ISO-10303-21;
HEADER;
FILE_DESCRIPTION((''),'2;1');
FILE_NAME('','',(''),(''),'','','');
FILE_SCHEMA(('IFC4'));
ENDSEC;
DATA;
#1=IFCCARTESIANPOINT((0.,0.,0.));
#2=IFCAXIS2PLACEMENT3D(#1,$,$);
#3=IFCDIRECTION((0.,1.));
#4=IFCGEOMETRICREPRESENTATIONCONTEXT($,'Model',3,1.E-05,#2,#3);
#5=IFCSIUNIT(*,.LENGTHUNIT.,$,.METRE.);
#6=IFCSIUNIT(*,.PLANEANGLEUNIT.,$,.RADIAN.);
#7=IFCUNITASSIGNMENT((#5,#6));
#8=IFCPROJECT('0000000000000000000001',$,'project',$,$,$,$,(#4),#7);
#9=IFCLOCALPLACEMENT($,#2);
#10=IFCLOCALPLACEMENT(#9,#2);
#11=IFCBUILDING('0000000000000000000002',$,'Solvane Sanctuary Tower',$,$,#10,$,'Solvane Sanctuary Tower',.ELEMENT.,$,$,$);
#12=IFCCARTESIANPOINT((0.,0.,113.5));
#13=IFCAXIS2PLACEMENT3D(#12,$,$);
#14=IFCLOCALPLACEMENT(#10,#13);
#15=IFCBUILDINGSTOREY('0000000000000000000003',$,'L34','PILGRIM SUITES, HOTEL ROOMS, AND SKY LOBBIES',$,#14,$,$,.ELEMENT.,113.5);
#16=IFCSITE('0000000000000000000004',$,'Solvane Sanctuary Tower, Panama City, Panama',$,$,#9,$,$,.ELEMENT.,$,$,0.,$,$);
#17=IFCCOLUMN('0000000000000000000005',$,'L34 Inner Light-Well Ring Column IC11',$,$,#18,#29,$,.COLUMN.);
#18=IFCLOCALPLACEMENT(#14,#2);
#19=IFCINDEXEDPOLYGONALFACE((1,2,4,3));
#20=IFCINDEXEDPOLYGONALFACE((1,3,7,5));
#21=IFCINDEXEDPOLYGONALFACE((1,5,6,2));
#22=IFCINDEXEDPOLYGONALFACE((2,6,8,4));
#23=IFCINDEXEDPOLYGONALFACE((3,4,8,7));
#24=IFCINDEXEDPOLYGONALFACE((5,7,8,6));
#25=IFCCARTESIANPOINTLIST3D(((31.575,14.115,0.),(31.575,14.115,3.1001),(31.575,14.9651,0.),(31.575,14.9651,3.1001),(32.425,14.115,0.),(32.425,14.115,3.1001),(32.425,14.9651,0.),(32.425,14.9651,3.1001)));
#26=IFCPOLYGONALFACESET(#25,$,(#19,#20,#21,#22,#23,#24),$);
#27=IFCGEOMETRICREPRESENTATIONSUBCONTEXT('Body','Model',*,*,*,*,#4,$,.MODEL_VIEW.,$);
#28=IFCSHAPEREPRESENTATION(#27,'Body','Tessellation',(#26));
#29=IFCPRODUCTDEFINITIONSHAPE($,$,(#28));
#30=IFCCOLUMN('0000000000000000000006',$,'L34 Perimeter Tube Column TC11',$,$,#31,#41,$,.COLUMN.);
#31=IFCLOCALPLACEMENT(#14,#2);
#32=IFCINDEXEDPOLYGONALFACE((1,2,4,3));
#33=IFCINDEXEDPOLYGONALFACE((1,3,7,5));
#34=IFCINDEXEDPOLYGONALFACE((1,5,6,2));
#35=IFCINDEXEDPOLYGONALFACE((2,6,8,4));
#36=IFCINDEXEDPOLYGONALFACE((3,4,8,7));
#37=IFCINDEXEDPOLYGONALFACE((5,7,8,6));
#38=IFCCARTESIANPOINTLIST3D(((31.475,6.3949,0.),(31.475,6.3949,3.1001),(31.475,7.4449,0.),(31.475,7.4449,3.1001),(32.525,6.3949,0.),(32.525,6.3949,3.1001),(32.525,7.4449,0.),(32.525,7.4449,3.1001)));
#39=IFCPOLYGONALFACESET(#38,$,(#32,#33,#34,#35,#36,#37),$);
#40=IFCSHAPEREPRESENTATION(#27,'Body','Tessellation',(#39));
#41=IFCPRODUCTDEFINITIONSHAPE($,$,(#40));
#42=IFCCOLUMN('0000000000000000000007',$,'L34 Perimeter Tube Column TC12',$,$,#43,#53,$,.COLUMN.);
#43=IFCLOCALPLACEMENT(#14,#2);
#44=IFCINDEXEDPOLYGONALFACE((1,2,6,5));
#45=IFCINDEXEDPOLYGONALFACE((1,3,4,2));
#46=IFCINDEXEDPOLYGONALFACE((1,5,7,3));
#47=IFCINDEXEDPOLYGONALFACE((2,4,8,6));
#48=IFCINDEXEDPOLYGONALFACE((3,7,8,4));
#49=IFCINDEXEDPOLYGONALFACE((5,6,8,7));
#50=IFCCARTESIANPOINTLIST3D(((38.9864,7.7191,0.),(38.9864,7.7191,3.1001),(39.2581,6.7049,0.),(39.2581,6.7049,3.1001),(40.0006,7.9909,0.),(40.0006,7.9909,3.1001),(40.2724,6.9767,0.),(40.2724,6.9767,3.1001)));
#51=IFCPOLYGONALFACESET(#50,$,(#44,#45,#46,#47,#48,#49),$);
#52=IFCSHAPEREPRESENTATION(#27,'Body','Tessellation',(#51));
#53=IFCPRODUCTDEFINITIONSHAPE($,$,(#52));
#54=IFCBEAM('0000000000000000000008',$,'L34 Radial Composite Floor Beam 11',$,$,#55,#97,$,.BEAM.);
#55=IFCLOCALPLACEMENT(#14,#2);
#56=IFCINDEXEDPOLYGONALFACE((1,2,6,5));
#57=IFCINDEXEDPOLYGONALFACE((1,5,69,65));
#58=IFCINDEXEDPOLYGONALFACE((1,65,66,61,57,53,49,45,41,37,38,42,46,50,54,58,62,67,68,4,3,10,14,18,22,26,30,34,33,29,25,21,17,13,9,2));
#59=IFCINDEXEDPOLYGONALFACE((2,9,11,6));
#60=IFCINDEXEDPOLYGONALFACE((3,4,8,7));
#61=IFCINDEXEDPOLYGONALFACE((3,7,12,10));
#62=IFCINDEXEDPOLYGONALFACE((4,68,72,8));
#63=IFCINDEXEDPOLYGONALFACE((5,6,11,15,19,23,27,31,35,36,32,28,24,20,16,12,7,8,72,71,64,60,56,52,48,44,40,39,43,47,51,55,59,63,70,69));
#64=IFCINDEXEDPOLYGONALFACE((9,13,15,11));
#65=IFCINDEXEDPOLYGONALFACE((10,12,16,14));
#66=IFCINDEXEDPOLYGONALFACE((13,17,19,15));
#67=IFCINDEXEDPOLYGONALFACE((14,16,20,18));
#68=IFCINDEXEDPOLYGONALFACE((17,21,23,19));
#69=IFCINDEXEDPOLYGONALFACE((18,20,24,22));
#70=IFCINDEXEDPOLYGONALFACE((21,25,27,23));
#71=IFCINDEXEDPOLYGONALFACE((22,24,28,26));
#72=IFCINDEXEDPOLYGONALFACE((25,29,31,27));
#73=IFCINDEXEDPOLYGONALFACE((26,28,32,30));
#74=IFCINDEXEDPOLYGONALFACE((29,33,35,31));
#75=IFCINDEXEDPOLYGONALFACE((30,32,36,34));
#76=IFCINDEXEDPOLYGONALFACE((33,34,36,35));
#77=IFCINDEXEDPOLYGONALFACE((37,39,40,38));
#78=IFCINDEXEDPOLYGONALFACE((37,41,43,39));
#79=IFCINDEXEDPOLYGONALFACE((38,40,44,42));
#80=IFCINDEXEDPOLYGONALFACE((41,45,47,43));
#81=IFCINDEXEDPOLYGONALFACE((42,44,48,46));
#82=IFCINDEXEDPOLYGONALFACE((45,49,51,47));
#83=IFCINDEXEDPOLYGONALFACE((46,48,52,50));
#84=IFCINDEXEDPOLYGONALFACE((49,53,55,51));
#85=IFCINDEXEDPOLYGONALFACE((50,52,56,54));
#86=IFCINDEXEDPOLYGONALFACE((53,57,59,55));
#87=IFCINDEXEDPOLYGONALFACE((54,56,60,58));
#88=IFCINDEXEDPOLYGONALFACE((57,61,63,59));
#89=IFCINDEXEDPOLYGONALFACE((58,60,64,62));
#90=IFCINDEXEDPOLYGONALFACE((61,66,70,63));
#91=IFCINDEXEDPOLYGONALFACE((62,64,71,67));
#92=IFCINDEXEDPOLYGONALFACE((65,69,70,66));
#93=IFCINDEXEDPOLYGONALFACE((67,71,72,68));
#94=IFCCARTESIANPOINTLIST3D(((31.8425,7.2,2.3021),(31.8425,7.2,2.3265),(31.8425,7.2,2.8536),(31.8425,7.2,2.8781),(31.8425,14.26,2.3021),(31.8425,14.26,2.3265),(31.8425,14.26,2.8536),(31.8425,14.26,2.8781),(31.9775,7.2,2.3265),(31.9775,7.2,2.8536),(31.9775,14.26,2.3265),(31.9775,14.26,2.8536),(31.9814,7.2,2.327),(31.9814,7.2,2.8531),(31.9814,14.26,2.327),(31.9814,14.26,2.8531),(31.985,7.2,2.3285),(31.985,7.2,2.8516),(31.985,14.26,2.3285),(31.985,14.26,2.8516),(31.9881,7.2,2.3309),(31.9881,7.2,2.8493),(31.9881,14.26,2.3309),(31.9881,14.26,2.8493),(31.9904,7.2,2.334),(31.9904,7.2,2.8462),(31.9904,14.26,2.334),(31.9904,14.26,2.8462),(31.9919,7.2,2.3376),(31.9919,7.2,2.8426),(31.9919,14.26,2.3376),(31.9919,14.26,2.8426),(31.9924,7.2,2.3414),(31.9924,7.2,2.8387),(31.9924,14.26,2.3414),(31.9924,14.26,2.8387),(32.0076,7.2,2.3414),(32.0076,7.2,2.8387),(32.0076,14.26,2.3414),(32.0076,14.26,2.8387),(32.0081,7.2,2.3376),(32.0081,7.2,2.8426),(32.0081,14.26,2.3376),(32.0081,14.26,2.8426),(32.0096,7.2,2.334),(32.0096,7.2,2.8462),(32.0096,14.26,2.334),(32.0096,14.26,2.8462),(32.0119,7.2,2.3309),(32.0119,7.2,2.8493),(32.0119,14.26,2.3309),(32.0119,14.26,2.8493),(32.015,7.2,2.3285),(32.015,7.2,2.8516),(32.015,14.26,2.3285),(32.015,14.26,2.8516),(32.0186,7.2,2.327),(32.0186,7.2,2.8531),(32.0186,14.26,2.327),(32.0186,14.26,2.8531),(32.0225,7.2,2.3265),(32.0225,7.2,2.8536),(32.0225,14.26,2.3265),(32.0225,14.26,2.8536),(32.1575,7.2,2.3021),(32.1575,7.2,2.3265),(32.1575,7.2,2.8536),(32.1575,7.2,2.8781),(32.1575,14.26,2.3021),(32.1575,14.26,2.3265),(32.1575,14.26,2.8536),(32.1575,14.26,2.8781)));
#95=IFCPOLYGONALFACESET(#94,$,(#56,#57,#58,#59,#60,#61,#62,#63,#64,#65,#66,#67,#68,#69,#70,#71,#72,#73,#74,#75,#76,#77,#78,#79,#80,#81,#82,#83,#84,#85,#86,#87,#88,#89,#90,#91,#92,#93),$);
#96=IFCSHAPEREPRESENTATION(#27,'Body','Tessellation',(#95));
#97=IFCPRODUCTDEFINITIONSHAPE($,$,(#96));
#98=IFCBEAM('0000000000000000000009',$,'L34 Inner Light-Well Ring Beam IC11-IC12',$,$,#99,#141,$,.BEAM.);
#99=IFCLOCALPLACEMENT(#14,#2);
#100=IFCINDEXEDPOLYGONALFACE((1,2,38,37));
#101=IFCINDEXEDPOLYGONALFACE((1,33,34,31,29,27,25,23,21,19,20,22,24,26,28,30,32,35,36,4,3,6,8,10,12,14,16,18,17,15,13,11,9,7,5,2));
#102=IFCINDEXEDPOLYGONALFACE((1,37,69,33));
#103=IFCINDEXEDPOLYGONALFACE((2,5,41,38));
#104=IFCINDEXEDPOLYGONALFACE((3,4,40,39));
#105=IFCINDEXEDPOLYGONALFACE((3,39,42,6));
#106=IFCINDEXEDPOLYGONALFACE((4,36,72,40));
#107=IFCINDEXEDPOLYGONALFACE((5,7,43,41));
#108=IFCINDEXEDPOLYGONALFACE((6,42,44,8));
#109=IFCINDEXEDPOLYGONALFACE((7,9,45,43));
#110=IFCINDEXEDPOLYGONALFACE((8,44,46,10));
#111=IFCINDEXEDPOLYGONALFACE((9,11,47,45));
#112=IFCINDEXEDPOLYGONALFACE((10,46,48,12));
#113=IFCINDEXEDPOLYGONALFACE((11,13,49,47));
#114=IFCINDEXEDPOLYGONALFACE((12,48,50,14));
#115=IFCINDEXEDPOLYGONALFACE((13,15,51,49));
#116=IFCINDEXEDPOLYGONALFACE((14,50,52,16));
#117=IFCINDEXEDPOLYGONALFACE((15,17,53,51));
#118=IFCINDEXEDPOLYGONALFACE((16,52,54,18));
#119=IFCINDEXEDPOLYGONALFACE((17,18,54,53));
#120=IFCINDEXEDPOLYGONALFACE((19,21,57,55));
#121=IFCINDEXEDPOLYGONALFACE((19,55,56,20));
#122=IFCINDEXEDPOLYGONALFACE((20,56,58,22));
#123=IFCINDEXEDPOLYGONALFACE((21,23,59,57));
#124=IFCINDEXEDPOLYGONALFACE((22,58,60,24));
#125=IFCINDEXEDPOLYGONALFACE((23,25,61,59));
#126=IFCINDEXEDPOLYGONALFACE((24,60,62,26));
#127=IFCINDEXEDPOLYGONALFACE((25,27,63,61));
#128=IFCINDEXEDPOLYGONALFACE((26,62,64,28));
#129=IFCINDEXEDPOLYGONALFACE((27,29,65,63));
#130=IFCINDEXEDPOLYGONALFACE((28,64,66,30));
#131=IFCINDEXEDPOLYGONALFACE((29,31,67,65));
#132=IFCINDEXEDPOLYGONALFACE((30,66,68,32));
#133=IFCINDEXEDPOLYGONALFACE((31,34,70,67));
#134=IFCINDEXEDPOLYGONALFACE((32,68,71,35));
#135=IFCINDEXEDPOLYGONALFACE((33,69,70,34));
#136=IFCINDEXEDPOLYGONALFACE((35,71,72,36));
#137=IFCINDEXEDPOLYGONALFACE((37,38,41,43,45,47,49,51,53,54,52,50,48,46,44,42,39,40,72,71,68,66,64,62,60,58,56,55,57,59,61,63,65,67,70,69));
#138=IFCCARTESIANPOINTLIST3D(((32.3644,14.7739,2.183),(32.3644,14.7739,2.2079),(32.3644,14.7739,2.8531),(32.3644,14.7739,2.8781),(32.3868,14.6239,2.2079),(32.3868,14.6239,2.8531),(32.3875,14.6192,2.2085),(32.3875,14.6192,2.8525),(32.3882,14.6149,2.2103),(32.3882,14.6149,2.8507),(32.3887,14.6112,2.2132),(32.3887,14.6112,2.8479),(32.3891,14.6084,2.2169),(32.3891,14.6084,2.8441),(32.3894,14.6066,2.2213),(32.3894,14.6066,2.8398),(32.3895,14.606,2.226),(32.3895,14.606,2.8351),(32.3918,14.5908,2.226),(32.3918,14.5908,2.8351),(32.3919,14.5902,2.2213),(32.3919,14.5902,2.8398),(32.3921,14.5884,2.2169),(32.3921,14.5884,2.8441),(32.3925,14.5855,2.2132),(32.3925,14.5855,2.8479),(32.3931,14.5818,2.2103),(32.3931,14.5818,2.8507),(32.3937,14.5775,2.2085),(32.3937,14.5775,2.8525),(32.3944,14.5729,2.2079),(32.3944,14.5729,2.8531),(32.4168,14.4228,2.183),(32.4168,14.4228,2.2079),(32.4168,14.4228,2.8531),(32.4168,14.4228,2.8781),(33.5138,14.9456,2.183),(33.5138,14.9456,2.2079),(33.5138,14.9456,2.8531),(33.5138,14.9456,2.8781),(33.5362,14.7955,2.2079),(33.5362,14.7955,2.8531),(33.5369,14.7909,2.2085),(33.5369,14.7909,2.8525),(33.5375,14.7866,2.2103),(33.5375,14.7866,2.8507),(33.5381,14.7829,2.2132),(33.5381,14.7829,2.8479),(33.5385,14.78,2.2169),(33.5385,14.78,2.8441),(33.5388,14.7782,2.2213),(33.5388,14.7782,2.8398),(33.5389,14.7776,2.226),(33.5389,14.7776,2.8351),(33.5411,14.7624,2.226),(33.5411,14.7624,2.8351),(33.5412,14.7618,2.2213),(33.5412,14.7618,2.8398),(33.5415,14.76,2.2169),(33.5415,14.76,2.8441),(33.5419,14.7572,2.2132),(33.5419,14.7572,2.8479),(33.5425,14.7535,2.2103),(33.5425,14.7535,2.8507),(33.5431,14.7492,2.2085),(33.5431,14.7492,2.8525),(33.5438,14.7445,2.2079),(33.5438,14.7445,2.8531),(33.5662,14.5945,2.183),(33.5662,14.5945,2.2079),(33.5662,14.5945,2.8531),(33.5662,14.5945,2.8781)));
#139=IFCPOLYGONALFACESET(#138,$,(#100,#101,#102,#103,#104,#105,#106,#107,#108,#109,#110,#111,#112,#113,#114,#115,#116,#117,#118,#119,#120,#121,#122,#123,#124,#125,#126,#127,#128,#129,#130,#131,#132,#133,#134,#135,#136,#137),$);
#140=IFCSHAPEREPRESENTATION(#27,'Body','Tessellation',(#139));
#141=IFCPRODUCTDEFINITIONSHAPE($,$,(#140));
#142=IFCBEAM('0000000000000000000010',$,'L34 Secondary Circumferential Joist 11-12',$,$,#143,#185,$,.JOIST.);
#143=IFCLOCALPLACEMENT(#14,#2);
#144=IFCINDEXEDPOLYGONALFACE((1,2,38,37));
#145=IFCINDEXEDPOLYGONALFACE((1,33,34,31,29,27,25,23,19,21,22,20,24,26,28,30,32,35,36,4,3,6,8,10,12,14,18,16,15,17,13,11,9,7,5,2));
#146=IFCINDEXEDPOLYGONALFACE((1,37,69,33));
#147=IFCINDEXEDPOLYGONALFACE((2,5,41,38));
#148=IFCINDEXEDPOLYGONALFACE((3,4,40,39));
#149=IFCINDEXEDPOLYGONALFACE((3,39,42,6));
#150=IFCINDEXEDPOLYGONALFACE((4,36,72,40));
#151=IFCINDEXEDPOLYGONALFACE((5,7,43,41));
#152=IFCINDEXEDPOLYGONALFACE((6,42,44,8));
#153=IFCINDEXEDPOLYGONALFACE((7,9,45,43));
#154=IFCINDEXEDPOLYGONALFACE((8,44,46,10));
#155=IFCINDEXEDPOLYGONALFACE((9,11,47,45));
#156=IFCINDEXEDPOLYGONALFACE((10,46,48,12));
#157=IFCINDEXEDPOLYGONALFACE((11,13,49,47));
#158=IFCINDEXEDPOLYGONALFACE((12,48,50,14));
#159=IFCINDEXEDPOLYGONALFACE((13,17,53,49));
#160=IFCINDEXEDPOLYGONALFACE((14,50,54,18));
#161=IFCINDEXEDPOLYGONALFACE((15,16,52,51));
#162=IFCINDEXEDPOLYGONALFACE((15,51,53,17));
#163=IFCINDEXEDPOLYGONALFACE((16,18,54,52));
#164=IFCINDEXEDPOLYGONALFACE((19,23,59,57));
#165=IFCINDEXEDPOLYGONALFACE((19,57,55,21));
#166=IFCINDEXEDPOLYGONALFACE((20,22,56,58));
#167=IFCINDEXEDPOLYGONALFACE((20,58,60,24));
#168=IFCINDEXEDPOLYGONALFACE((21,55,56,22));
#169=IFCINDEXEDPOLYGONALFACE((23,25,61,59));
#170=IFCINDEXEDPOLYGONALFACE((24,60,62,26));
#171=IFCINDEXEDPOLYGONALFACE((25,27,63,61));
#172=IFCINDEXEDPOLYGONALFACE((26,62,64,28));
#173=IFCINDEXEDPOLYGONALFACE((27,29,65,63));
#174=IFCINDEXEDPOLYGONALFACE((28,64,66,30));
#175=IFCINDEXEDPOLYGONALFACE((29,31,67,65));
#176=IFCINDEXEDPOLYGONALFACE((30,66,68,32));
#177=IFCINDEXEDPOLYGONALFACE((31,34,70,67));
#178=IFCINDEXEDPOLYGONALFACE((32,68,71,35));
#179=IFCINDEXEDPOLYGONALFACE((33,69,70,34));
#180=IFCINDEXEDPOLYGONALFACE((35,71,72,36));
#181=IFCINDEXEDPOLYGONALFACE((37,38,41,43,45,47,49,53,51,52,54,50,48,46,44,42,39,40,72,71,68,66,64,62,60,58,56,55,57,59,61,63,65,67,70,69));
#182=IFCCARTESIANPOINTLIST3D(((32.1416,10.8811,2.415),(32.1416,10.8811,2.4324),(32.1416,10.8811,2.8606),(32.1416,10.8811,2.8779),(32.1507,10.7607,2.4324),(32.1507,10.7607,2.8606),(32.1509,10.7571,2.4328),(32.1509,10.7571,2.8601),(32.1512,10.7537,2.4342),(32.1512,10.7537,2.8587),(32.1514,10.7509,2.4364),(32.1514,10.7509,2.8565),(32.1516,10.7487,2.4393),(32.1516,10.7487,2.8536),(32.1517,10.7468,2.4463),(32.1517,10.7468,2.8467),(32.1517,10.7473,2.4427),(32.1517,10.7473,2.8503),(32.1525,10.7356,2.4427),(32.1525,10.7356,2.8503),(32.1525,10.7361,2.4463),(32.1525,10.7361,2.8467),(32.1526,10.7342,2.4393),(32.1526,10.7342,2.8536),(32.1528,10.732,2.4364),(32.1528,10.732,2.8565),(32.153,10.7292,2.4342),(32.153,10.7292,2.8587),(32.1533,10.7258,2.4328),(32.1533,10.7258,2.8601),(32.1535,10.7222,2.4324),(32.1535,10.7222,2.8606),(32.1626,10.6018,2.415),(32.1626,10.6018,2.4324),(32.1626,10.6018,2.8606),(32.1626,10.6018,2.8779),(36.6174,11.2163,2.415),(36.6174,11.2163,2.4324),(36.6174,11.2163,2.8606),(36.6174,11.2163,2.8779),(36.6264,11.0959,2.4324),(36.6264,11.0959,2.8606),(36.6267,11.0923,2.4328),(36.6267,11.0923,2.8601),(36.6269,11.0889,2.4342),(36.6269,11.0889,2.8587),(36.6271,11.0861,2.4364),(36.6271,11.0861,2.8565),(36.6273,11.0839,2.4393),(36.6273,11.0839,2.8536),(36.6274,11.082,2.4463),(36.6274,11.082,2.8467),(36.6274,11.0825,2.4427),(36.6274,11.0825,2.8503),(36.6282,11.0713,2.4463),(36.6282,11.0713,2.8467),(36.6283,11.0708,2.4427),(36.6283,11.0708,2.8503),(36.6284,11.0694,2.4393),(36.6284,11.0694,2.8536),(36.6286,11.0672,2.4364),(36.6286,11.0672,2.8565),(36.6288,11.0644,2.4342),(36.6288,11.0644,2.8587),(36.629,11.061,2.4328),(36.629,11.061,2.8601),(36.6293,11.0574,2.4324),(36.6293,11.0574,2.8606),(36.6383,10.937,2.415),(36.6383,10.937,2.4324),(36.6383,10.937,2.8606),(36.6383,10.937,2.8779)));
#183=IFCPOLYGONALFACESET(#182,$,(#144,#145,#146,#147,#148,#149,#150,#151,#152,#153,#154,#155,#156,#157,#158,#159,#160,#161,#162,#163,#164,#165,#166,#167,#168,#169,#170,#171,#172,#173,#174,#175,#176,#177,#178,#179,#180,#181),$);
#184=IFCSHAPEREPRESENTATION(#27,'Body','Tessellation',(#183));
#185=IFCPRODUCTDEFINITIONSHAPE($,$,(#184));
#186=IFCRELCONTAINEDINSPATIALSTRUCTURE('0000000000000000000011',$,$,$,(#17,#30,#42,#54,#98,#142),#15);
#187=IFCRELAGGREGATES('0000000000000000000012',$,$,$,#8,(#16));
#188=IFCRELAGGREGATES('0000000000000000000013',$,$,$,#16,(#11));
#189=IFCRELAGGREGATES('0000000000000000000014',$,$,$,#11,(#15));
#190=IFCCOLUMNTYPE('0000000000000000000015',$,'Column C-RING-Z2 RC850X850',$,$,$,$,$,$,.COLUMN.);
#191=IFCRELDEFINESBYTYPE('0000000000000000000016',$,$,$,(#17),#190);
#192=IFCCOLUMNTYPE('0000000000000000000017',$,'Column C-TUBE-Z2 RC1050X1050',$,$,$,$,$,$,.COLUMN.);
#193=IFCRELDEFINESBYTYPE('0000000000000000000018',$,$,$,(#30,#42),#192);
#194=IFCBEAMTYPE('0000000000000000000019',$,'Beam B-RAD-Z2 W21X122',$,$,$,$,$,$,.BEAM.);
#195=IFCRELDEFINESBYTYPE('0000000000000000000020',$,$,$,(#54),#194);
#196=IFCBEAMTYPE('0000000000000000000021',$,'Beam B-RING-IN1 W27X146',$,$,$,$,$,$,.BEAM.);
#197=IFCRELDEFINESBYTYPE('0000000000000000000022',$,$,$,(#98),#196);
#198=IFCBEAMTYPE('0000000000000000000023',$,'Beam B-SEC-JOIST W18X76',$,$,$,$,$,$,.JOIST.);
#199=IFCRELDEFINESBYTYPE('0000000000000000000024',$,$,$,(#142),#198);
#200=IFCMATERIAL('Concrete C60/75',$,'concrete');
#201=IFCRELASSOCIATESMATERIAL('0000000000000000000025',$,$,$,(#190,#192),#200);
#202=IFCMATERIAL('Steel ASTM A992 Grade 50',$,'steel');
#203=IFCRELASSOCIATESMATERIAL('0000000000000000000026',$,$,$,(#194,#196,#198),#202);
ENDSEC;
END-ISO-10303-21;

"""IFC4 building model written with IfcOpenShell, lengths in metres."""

from ifc_helpers import new_model, si_unit, direction, frame, origin, origin_2d, place, context, subcontext, project, spatial, rectangle, i_section, extrude, material, material_profile, profile_set, type_object, element, save


model = new_model("IFC4")

# Units and contexts
model_context = context("Model", 3, precision=1e-05, world=origin(), true_north=direction((0.0, 1.0)))
body_context = subcontext(model_context, "Body", "Model", "MODEL_VIEW")
ifc_project = project(units=[si_unit("LENGTHUNIT", "METRE"), si_unit("PLANEANGLEUNIT", "RADIAN")], contexts=[model_context])

# Site, building, storey
site_placement = place(None, origin())
site = spatial("IfcSite", under=ifc_project, at=site_placement, Name="Solvane Sanctuary Tower, Panama City, Panama", CompositionType="ELEMENT", RefElevation=0.0)
building_placement = place(site_placement, origin())
building = spatial("IfcBuilding", under=site, at=building_placement, Name="Solvane Sanctuary Tower", LongName="Solvane Sanctuary Tower", CompositionType="ELEMENT")
storey_placement = place(building_placement, frame((0.0, 0.0, 113.5)))
storey = spatial("IfcBuildingStorey", under=building, at=storey_placement, Name="L34", Description="PILGRIM SUITES, HOTEL ROOMS, AND SKY LOBBIES", CompositionType="ELEMENT", Elevation=113.5)

# Columns
ifc_material_1 = material(Name="Concrete C60/75", Category="concrete")
ifc_material_profile_1 = material_profile(ifc_material_1, rectangle(XDim=0.8501, YDim=0.8501, at=origin_2d()), Name="RC850X850")
ifc_profile_set_1 = profile_set([ifc_material_profile_1], Name="Concrete C60/75")
column_type_1 = type_object("IfcColumnType", Name="Column C-RING-Z2 RC850X850", PredefinedType="COLUMN", material=ifc_profile_set_1)
column_placement = place(storey_placement, frame((32.0, 14.54, 0.0), z_axis=(0.0, 0.0, 1.0), x_axis=(1.0, 0.0, 0.0)))
element("IfcColumn", 1, at=column_placement, inside=storey, type_object=column_type_1, Name="L34 Inner Light-Well Ring Column IC11", PredefinedType="COLUMN", context=body_context, shape_type="SweptSolid", body=[
    extrude(rectangle(XDim=0.8501, YDim=0.8501, at=origin_2d()), origin(), (0.0, 0.0, 1.0), 3.1001),
])
ifc_material_profile_2 = material_profile(ifc_material_1, rectangle(XDim=1.05, YDim=1.05, at=origin_2d()), Name="RC1050X1050")
ifc_profile_set_2 = profile_set([ifc_material_profile_2], Name="Concrete C60/75")
column_type_2 = type_object("IfcColumnType", Name="Column C-TUBE-Z2 RC1050X1050", PredefinedType="COLUMN", material=ifc_profile_set_2)
for number, where, z_axis, x_axis, name in (
    (2, (32.0, 6.9199, 0.0), (0.0, 0.0, 1.0), (0.0, -1.0, 0.0), "L34 Perimeter Tube Column TC11"),
    (3, (39.6294, 7.3479, 0.0), (0.0, 0.0, 1.0), (0.258819, -0.965926, 0.0), "L34 Perimeter Tube Column TC12"),
):
    element("IfcColumn", number, at=place(storey_placement, frame(where, z_axis=z_axis, x_axis=x_axis)), inside=storey, type_object=column_type_2, Name=name, PredefinedType="COLUMN", context=body_context, shape_type="SweptSolid", body=[
        extrude(rectangle(XDim=1.05, YDim=1.05, at=origin_2d()), origin(), (0.0, 0.0, 1.0), 3.1001),
    ])

# Beams
ifc_material_2 = material(Name="Steel ASTM A992 Grade 50", Category="steel")
ifc_material_profile_3 = material_profile(ifc_material_2, i_section(OverallWidth=0.3149, OverallDepth=0.5759, WebThickness=0.0151, FlangeThickness=0.0244, FilletRadius=0.0149, at=origin_2d()), Name="W21X122")
ifc_profile_set_3 = profile_set([ifc_material_profile_3], Name="Steel ASTM A992 Grade 50")
beam_type_1 = type_object("IfcBeamType", Name="Beam B-RAD-Z2 W21X122", PredefinedType="BEAM", material=ifc_profile_set_3)
beam_1_placement = place(storey_placement, frame((32.0, 14.26, 2.5901), z_axis=(0.0, -1.0, 0.0), x_axis=(1.0, 0.0, 0.0)))
element("IfcBeam", 4, at=beam_1_placement, inside=storey, type_object=beam_type_1, Name="L34 Radial Composite Floor Beam 11", PredefinedType="BEAM", context=body_context, shape_type="SweptSolid", body=[
    extrude(i_section(OverallWidth=0.3149, OverallDepth=0.5759, WebThickness=0.0151, FlangeThickness=0.0244, FilletRadius=0.0149, at=origin_2d()), origin(), (0.0, 0.0, 1.0), 7.0601),
])
ifc_material_profile_4 = material_profile(ifc_material_2, i_section(OverallWidth=0.355, OverallDepth=0.6951, WebThickness=0.0154, FlangeThickness=0.0249, FilletRadius=0.0181, at=origin_2d()), Name="W27X146")
ifc_profile_set_4 = profile_set([ifc_material_profile_4], Name="Steel ASTM A992 Grade 50")
beam_type_2 = type_object("IfcBeamType", Name="Beam B-RING-IN1 W27X146", PredefinedType="BEAM", material=ifc_profile_set_4)
beam_2_placement = place(storey_placement, frame((32.3906, 14.5984, 2.5305), z_axis=(0.989035, 0.147683, 0.0), x_axis=(-0.147683, 0.989035, 0.0)))
element("IfcBeam", 5, at=beam_2_placement, inside=storey, type_object=beam_type_2, Name="L34 Inner Light-Well Ring Beam IC11-IC12", PredefinedType="BEAM", context=body_context, shape_type="SweptSolid", body=[
    extrude(i_section(OverallWidth=0.355, OverallDepth=0.6951, WebThickness=0.0154, FlangeThickness=0.0249, FilletRadius=0.0181, at=origin_2d()), origin(), (0.0, 0.0, 1.0), 1.1621),
])
ifc_material_profile_5 = material_profile(ifc_material_2, i_section(OverallWidth=0.28, OverallDepth=0.4629, WebThickness=0.0107, FlangeThickness=0.0173, FilletRadius=0.0139, at=origin_2d()), Name="W18X76")
ifc_profile_set_5 = profile_set([ifc_material_profile_5], Name="Steel ASTM A992 Grade 50")
beam_type_3 = type_object("IfcBeamType", Name="Beam B-SEC-JOIST W18X76", PredefinedType="JOIST", material=ifc_profile_set_5)
beam_3_placement = place(storey_placement, frame((32.1521, 10.7415, 2.6465), z_axis=(0.997207, 0.074683, 0.0), x_axis=(-0.074683, 0.997207, 0.0)))
element("IfcBeam", 6, at=beam_3_placement, inside=storey, type_object=beam_type_3, Name="L34 Secondary Circumferential Joist 11-12", PredefinedType="JOIST", context=body_context, shape_type="SweptSolid", body=[
    extrude(i_section(OverallWidth=0.28, OverallDepth=0.4629, WebThickness=0.0107, FlangeThickness=0.0173, FilletRadius=0.0139, at=origin_2d()), origin(), (0.0, 0.0, 1.0), 4.4883),
])

save(model, "model.ifc")
